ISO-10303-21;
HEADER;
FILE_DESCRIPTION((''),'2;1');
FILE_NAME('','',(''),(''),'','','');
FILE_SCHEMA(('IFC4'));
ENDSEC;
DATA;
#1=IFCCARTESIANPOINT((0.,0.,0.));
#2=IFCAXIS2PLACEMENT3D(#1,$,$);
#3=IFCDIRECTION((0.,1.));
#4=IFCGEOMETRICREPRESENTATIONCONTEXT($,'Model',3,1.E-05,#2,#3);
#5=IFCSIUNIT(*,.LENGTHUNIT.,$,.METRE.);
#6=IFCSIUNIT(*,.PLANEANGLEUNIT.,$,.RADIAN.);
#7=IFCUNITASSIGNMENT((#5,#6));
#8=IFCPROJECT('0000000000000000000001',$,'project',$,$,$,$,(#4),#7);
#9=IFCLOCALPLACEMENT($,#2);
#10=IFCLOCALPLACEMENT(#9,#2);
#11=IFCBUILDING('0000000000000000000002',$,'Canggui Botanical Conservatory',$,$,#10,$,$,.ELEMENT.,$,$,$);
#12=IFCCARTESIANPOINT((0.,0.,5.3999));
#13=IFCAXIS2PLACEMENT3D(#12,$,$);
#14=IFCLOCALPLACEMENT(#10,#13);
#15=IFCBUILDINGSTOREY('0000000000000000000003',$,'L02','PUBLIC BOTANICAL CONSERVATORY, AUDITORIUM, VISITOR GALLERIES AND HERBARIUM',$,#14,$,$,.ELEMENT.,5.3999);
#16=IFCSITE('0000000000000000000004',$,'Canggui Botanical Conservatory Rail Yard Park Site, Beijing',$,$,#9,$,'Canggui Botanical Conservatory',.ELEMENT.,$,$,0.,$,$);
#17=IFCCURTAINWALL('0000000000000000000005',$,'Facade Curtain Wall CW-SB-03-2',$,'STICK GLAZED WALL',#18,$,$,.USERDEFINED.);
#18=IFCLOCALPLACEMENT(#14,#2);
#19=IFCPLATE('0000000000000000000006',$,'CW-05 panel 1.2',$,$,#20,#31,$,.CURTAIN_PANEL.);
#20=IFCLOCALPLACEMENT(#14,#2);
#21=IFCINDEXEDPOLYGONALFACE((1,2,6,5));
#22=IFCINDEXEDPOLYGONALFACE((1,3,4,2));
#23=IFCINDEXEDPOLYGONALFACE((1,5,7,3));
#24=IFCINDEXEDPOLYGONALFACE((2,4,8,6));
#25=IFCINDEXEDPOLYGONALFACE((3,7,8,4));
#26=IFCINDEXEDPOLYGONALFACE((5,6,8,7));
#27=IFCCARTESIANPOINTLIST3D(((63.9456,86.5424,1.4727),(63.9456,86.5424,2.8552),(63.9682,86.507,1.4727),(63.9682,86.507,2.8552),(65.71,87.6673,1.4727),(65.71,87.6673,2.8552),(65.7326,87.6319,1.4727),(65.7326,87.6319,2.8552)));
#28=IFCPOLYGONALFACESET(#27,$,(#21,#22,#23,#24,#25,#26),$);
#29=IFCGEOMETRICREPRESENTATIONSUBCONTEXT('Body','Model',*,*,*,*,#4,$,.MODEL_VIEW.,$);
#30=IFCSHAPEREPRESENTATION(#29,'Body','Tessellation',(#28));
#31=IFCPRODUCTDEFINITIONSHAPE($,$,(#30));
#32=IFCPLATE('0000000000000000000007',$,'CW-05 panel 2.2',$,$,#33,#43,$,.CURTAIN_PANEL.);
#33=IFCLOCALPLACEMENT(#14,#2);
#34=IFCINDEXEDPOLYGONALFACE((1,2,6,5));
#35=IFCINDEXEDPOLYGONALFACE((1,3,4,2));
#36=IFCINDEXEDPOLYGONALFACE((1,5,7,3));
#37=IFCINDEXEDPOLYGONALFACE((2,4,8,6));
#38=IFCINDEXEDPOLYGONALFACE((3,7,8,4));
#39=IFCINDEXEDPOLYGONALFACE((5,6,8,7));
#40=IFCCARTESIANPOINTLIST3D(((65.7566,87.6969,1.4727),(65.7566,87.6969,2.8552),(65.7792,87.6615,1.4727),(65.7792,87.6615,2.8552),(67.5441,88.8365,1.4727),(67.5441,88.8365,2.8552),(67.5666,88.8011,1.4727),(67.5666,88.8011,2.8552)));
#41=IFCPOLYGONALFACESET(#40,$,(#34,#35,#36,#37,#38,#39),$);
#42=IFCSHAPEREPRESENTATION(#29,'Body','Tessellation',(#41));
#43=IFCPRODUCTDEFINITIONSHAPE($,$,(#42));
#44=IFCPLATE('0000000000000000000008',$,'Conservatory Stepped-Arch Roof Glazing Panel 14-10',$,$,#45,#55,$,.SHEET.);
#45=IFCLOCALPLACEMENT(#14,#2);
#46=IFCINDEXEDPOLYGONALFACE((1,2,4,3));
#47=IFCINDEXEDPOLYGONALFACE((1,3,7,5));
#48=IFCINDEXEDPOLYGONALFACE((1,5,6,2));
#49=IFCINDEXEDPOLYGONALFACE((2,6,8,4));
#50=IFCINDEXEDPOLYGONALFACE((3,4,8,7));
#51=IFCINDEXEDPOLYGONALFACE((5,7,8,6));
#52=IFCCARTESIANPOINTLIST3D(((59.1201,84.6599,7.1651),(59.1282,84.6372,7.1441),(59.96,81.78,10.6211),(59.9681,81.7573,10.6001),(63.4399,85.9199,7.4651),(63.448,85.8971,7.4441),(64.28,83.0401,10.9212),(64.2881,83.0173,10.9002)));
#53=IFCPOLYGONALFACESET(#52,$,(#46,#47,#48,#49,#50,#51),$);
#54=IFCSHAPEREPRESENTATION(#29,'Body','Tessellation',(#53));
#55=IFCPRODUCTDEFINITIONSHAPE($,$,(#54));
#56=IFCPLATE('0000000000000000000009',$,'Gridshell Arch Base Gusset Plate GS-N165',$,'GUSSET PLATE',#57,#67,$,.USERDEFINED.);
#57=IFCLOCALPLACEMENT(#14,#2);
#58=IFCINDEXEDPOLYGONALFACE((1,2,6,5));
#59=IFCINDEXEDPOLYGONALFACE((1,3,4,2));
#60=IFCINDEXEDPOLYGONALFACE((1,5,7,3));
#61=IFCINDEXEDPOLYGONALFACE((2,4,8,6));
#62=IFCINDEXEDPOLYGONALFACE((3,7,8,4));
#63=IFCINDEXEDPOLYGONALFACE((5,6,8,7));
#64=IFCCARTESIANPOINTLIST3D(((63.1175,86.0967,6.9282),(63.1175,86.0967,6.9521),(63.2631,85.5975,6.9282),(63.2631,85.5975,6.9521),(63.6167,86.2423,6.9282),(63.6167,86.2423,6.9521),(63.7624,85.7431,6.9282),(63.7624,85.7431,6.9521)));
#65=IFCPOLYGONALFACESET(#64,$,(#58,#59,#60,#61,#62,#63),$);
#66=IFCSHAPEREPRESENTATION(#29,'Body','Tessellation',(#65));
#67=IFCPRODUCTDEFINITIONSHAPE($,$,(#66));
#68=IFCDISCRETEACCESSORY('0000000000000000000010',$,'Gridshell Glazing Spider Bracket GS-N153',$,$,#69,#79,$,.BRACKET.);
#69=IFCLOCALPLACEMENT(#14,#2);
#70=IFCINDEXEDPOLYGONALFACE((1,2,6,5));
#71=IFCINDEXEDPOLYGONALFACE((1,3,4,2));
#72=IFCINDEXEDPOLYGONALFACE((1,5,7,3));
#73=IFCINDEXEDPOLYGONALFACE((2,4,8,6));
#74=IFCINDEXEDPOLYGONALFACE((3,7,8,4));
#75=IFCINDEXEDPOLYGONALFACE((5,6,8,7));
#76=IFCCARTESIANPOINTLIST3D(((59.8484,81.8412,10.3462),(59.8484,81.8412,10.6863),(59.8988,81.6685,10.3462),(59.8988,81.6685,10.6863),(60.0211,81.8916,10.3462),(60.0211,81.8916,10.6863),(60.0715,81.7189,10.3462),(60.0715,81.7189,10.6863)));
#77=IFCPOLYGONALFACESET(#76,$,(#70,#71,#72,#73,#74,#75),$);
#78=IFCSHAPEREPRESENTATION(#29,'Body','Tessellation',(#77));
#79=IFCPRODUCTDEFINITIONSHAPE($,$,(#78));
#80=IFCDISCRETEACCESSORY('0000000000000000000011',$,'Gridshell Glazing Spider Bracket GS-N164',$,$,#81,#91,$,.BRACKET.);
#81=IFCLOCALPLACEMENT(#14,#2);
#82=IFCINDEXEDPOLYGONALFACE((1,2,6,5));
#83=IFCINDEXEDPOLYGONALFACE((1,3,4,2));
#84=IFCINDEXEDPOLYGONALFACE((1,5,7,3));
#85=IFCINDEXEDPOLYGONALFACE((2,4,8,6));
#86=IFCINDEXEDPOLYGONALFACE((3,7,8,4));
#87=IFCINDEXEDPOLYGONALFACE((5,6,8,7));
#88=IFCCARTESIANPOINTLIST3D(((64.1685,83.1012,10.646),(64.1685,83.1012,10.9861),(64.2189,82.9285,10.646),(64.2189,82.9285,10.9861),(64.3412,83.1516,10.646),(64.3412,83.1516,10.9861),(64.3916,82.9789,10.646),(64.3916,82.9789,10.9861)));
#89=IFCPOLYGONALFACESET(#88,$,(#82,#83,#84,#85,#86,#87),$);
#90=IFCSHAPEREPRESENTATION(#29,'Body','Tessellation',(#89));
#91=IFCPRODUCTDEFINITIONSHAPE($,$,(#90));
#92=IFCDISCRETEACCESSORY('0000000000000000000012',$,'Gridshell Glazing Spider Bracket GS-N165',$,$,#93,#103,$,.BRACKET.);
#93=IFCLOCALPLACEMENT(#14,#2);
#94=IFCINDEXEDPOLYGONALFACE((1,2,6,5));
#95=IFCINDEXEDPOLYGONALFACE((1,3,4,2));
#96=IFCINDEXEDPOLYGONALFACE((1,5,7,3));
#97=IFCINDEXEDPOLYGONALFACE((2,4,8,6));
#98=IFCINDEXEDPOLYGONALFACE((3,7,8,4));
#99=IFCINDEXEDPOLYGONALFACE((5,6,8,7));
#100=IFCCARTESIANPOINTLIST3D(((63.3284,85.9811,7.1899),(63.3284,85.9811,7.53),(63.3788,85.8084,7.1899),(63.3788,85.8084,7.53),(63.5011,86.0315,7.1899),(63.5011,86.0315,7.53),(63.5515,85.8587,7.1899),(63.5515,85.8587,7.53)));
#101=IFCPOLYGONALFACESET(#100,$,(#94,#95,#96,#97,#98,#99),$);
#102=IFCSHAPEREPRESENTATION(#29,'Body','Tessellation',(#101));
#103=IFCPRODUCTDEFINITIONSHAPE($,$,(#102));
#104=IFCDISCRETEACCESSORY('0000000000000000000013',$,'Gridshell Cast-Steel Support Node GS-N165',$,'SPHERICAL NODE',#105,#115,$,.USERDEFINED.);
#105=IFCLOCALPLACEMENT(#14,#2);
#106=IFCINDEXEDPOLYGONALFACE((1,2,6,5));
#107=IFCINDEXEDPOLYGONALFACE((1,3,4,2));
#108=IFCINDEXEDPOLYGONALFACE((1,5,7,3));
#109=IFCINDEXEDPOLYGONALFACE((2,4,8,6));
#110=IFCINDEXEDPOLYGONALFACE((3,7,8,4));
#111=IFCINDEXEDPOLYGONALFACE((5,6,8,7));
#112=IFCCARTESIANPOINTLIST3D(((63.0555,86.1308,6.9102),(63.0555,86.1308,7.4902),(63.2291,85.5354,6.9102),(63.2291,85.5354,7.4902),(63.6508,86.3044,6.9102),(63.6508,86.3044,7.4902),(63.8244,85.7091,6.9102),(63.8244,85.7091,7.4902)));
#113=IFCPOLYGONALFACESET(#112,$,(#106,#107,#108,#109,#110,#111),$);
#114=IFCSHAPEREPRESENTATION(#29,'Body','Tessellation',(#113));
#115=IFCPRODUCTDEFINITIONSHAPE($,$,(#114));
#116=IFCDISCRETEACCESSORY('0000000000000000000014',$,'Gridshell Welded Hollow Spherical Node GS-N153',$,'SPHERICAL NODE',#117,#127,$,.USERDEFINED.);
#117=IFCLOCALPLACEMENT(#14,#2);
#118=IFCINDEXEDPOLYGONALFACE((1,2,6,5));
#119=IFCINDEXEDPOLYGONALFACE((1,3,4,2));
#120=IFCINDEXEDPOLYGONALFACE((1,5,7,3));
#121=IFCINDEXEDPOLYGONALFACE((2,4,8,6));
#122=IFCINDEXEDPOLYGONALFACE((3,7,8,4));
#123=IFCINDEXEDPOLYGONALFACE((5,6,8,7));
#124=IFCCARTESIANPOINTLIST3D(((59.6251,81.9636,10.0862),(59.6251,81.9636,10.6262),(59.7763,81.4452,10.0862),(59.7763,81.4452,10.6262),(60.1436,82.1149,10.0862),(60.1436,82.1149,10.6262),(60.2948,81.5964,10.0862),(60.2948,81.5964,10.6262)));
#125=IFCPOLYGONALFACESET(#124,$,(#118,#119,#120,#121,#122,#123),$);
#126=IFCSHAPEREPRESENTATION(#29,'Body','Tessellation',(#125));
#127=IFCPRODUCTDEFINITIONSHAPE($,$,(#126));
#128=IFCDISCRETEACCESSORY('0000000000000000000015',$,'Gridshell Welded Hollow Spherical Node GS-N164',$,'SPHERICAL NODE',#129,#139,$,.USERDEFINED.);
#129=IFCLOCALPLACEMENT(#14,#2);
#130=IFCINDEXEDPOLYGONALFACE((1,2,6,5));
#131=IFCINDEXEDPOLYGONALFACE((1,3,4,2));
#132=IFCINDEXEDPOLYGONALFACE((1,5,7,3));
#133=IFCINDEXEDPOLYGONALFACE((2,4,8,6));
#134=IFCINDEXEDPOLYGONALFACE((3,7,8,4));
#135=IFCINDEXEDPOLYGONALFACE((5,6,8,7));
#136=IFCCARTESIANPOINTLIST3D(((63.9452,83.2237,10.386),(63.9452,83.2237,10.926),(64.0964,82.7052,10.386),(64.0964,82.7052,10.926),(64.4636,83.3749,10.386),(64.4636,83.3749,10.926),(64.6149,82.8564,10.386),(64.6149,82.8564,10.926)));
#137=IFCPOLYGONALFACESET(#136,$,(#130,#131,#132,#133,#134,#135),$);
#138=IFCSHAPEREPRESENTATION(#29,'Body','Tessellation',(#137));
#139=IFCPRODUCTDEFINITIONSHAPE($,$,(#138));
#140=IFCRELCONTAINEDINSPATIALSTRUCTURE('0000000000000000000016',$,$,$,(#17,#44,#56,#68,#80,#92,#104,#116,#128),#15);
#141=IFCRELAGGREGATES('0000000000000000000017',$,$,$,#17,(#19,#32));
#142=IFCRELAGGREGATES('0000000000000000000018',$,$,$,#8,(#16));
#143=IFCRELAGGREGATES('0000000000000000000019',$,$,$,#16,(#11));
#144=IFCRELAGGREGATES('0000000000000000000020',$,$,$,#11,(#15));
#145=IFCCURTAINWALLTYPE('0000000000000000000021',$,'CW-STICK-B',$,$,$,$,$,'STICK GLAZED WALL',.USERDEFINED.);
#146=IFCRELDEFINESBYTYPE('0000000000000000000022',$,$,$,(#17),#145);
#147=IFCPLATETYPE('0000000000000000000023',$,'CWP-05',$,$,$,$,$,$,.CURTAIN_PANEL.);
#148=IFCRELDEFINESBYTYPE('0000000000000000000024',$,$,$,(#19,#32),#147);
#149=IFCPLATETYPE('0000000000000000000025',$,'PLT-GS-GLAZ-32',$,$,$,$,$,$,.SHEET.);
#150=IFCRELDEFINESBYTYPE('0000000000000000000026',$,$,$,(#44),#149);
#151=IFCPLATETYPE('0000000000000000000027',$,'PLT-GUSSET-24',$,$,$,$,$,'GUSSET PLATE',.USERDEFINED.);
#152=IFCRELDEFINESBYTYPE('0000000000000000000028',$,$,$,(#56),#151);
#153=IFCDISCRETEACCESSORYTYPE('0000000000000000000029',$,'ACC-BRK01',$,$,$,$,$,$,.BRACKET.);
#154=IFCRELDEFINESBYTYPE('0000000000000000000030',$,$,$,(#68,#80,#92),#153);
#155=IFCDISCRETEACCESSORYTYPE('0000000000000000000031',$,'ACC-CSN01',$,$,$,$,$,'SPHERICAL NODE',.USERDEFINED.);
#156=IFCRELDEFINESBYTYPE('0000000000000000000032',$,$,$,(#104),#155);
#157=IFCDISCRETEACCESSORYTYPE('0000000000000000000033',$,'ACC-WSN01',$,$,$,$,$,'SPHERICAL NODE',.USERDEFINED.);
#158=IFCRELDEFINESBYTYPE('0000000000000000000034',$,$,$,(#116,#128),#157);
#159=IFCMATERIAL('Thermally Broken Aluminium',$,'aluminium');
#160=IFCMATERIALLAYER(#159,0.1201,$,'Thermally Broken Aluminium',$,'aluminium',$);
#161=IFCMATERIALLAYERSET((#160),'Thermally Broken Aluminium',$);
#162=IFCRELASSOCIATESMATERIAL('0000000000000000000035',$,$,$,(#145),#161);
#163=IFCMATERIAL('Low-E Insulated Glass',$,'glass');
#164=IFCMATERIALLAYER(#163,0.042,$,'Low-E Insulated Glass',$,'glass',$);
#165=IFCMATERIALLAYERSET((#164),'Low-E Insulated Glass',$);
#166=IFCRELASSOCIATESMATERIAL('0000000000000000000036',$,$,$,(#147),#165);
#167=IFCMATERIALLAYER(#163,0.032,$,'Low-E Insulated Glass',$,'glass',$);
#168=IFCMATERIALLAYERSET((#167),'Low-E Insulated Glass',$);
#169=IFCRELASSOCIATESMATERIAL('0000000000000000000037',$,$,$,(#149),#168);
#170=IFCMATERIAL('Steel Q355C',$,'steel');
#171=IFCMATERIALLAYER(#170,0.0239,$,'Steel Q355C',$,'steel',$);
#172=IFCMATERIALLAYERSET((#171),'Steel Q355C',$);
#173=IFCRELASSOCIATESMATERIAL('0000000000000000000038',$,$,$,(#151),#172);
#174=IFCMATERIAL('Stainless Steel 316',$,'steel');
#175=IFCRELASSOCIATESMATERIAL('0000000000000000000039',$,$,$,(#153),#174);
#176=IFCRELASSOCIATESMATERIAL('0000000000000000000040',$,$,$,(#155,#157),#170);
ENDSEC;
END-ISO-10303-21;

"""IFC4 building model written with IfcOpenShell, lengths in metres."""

from ifc_helpers import new_model, si_unit, direction, frame, origin, origin_2d, place, context, subcontext, project, spatial, polyline, rectangle, outline, extrude, material, layer, layer_set, type_object, element, aggregate, save


model = new_model("IFC4")

# Units and contexts
model_context = context("Model", 3, precision=1e-05, world=origin(), true_north=direction((0.0, 1.0)))
body_context = subcontext(model_context, "Body", "Model", "MODEL_VIEW")
ifc_project = project(units=[si_unit("LENGTHUNIT", "METRE"), si_unit("PLANEANGLEUNIT", "RADIAN")], contexts=[model_context])

# Site, building, storey
site_placement = place(None, origin())
site = spatial("IfcSite", under=ifc_project, at=site_placement, Name="Canggui Botanical Conservatory Rail Yard Park Site, Beijing", LongName="Canggui Botanical Conservatory", CompositionType="ELEMENT", RefElevation=0.0)
building_placement = place(site_placement, origin())
building = spatial("IfcBuilding", under=site, at=building_placement, Name="Canggui Botanical Conservatory", CompositionType="ELEMENT")
storey_placement = place(building_placement, frame((0.0, 0.0, 5.3999)))
storey = spatial("IfcBuildingStorey", under=building, at=storey_placement, Name="L02", Description="PUBLIC BOTANICAL CONSERVATORY, AUDITORIUM, VISITOR GALLERIES AND HERBARIUM", CompositionType="ELEMENT", Elevation=5.3999)

# Shared definitions
ifc_material_1 = material(Name="Steel Q355C", Category="steel")

# Curtain wall
ifc_material_2 = material(Name="Thermally Broken Aluminium", Category="aluminium")
ifc_layer_1 = layer(ifc_material_2, 0.1201, Name="Thermally Broken Aluminium", Category="aluminium")
ifc_layer_set_1 = layer_set([ifc_layer_1], Name="Thermally Broken Aluminium")
curtain_wall_type_1 = type_object("IfcCurtainWallType", Name="CW-STICK-B", ElementType="STICK GLAZED WALL", PredefinedType="USERDEFINED", material=ifc_layer_set_1)
curtain_wall_1_placement = place(storey_placement, origin())
curtain_wall_1 = element("IfcCurtainWall", 1, at=curtain_wall_1_placement, inside=storey, type_object=curtain_wall_type_1, Name="Facade Curtain Wall CW-SB-03-2", ObjectType="STICK GLAZED WALL", PredefinedType="USERDEFINED")

# Plates
ifc_material_3 = material(Name="Low-E Insulated Glass", Category="glass")
ifc_layer_2 = layer(ifc_material_3, 0.042, Name="Low-E Insulated Glass", Category="glass")
ifc_layer_set_2 = layer_set([ifc_layer_2], Name="Low-E Insulated Glass")
plate_type_1 = type_object("IfcPlateType", Name="CWP-05", PredefinedType="CURTAIN_PANEL", material=ifc_layer_set_2)
plate_1_placement = place(storey_placement, frame((64.8391, 87.0872, 1.4727), z_axis=(0.0, 0.0, 1.0), x_axis=(0.8432, 0.5376, 0.0)))
plate_1 = element("IfcPlate", 2, at=plate_1_placement, type_object=plate_type_1, Name="CW-05 panel 1.2", PredefinedType="CURTAIN_PANEL", context=body_context, shape_type="SweptSolid", body=[
    extrude(rectangle(XDim=2.0925, YDim=0.042, at=origin_2d()), origin(), (0.0, 0.0, 1.0), 1.3826),
])
plate_2_placement = place(storey_placement, frame((66.6616, 88.249, 1.4727), z_axis=(0.0, 0.0, 1.0), x_axis=(0.8432, 0.5376, 0.0)))
plate_2 = element("IfcPlate", 3, at=plate_2_placement, type_object=plate_type_1, Name="CW-05 panel 2.2", PredefinedType="CURTAIN_PANEL", context=body_context, shape_type="SweptSolid", body=[
    extrude(rectangle(XDim=2.1199, YDim=0.042, at=origin_2d()), origin(), (0.0, 0.0, 1.0), 1.3826),
])
aggregate(curtain_wall_1, [plate_1, plate_2])

# Plates
ifc_layer_3 = layer(ifc_material_3, 0.032, Name="Low-E Insulated Glass", Category="glass")
ifc_layer_set_3 = layer_set([ifc_layer_3], Name="Low-E Insulated Glass")
plate_type_2 = type_object("IfcPlateType", Name="PLT-GS-GLAZ-32", PredefinedType="SHEET", material=ifc_layer_set_3)
plate_3_placement = place(storey_placement, frame((59.96, 81.78, 10.6211), z_axis=(-0.253175, 0.712061, 0.654883), x_axis=(0.957872, 0.279382, 0.066533)))
element("IfcPlate", 4, at=plate_3_placement, inside=storey, type_object=plate_type_2, Name="Conservatory Stepped-Arch Roof Glazing Panel 14-10", PredefinedType="SHEET", context=body_context, shape_type="SweptSolid", body=[
    extrude(outline(polyline([(0.0, 0.0), (4.5101, 0.0), (4.28, 4.5707), (-0.2298, 4.5706), (0.0, 0.0)])), origin(), (0.0, 0.0, -1.0), 0.032),
])
ifc_layer_4 = layer(ifc_material_1, 0.0239, Name="Steel Q355C", Category="steel")
ifc_layer_set_4 = layer_set([ifc_layer_4], Name="Steel Q355C")
plate_type_3 = type_object("IfcPlateType", Name="PLT-GUSSET-24", ElementType="GUSSET PLATE", PredefinedType="USERDEFINED", material=ifc_layer_set_4)
plate_4_placement = place(storey_placement, frame((63.4399, 85.9199, 6.9282), z_axis=(0.0, 0.0, 1.0), x_axis=(0.96, 0.28, 0.0)))
element("IfcPlate", 5, at=plate_4_placement, inside=storey, type_object=plate_type_3, Name="Gridshell Arch Base Gusset Plate GS-N165", ObjectType="GUSSET PLATE", PredefinedType="USERDEFINED", context=body_context, shape_type="SweptSolid", body=[
    extrude(rectangle(XDim=0.52, YDim=0.52, at=origin_2d()), origin(), (0.0, 0.0, 1.0), 0.0239),
])

# Discrete accessories
ifc_material_4 = material(Name="Stainless Steel 316", Category="steel")
discrete_accessory_type_1 = type_object("IfcDiscreteAccessoryType", Name="ACC-BRK01", PredefinedType="BRACKET", material=ifc_material_4)
for number, where, z_axis, x_axis, name in (
    (6, (59.96, 81.78, 10.3462), (0.0, 0.0, 1.0), (0.96, 0.28, 0.0), "Gridshell Glazing Spider Bracket GS-N153"),
    (7, (64.28, 83.04, 10.646), (0.0, 0.0, 1.0), (0.96, 0.28, 0.0), "Gridshell Glazing Spider Bracket GS-N164"),
    (8, (63.4399, 85.9199, 7.1899), (0.0, 0.0, 1.0), (0.96, 0.28, 0.0), "Gridshell Glazing Spider Bracket GS-N165"),
):
    element("IfcDiscreteAccessory", number, at=place(storey_placement, frame(where, z_axis=z_axis, x_axis=x_axis)), inside=storey, type_object=discrete_accessory_type_1, Name=name, PredefinedType="BRACKET", context=body_context, shape_type="SweptSolid", body=[
        extrude(rectangle(XDim=0.1799, YDim=0.1799, at=origin_2d()), origin(), (0.0, 0.0, 1.0), 0.3401),
    ])
discrete_accessory_type_2 = type_object("IfcDiscreteAccessoryType", Name="ACC-CSN01", ElementType="SPHERICAL NODE", PredefinedType="USERDEFINED", material=ifc_material_1)
discrete_accessory_placement = place(storey_placement, frame((63.4399, 85.9199, 6.9102), z_axis=(0.0, 0.0, 1.0), x_axis=(0.96, 0.28, 0.0)))
element("IfcDiscreteAccessory", 9, at=discrete_accessory_placement, inside=storey, type_object=discrete_accessory_type_2, Name="Gridshell Cast-Steel Support Node GS-N165", ObjectType="SPHERICAL NODE", PredefinedType="USERDEFINED", context=body_context, shape_type="SweptSolid", body=[
    extrude(rectangle(XDim=0.6201, YDim=0.6201, at=origin_2d()), origin(), (0.0, 0.0, 1.0), 0.5801),
])
discrete_accessory_type_3 = type_object("IfcDiscreteAccessoryType", Name="ACC-WSN01", ElementType="SPHERICAL NODE", PredefinedType="USERDEFINED", material=ifc_material_1)
for number, where, z_axis, x_axis, name in (
    (10, (59.96, 81.78, 10.0862), (0.0, 0.0, 1.0), (0.96, 0.28, 0.0), "Gridshell Welded Hollow Spherical Node GS-N153"),
    (11, (64.28, 83.04, 10.386), (0.0, 0.0, 1.0), (0.96, 0.28, 0.0), "Gridshell Welded Hollow Spherical Node GS-N164"),
):
    element("IfcDiscreteAccessory", number, at=place(storey_placement, frame(where, z_axis=z_axis, x_axis=x_axis)), inside=storey, type_object=discrete_accessory_type_3, Name=name, ObjectType="SPHERICAL NODE", PredefinedType="USERDEFINED", context=body_context, shape_type="SweptSolid", body=[
        extrude(rectangle(XDim=0.54, YDim=0.54, at=origin_2d()), origin(), (0.0, 0.0, 1.0), 0.54),
    ])

save(model, "model.ifc")
